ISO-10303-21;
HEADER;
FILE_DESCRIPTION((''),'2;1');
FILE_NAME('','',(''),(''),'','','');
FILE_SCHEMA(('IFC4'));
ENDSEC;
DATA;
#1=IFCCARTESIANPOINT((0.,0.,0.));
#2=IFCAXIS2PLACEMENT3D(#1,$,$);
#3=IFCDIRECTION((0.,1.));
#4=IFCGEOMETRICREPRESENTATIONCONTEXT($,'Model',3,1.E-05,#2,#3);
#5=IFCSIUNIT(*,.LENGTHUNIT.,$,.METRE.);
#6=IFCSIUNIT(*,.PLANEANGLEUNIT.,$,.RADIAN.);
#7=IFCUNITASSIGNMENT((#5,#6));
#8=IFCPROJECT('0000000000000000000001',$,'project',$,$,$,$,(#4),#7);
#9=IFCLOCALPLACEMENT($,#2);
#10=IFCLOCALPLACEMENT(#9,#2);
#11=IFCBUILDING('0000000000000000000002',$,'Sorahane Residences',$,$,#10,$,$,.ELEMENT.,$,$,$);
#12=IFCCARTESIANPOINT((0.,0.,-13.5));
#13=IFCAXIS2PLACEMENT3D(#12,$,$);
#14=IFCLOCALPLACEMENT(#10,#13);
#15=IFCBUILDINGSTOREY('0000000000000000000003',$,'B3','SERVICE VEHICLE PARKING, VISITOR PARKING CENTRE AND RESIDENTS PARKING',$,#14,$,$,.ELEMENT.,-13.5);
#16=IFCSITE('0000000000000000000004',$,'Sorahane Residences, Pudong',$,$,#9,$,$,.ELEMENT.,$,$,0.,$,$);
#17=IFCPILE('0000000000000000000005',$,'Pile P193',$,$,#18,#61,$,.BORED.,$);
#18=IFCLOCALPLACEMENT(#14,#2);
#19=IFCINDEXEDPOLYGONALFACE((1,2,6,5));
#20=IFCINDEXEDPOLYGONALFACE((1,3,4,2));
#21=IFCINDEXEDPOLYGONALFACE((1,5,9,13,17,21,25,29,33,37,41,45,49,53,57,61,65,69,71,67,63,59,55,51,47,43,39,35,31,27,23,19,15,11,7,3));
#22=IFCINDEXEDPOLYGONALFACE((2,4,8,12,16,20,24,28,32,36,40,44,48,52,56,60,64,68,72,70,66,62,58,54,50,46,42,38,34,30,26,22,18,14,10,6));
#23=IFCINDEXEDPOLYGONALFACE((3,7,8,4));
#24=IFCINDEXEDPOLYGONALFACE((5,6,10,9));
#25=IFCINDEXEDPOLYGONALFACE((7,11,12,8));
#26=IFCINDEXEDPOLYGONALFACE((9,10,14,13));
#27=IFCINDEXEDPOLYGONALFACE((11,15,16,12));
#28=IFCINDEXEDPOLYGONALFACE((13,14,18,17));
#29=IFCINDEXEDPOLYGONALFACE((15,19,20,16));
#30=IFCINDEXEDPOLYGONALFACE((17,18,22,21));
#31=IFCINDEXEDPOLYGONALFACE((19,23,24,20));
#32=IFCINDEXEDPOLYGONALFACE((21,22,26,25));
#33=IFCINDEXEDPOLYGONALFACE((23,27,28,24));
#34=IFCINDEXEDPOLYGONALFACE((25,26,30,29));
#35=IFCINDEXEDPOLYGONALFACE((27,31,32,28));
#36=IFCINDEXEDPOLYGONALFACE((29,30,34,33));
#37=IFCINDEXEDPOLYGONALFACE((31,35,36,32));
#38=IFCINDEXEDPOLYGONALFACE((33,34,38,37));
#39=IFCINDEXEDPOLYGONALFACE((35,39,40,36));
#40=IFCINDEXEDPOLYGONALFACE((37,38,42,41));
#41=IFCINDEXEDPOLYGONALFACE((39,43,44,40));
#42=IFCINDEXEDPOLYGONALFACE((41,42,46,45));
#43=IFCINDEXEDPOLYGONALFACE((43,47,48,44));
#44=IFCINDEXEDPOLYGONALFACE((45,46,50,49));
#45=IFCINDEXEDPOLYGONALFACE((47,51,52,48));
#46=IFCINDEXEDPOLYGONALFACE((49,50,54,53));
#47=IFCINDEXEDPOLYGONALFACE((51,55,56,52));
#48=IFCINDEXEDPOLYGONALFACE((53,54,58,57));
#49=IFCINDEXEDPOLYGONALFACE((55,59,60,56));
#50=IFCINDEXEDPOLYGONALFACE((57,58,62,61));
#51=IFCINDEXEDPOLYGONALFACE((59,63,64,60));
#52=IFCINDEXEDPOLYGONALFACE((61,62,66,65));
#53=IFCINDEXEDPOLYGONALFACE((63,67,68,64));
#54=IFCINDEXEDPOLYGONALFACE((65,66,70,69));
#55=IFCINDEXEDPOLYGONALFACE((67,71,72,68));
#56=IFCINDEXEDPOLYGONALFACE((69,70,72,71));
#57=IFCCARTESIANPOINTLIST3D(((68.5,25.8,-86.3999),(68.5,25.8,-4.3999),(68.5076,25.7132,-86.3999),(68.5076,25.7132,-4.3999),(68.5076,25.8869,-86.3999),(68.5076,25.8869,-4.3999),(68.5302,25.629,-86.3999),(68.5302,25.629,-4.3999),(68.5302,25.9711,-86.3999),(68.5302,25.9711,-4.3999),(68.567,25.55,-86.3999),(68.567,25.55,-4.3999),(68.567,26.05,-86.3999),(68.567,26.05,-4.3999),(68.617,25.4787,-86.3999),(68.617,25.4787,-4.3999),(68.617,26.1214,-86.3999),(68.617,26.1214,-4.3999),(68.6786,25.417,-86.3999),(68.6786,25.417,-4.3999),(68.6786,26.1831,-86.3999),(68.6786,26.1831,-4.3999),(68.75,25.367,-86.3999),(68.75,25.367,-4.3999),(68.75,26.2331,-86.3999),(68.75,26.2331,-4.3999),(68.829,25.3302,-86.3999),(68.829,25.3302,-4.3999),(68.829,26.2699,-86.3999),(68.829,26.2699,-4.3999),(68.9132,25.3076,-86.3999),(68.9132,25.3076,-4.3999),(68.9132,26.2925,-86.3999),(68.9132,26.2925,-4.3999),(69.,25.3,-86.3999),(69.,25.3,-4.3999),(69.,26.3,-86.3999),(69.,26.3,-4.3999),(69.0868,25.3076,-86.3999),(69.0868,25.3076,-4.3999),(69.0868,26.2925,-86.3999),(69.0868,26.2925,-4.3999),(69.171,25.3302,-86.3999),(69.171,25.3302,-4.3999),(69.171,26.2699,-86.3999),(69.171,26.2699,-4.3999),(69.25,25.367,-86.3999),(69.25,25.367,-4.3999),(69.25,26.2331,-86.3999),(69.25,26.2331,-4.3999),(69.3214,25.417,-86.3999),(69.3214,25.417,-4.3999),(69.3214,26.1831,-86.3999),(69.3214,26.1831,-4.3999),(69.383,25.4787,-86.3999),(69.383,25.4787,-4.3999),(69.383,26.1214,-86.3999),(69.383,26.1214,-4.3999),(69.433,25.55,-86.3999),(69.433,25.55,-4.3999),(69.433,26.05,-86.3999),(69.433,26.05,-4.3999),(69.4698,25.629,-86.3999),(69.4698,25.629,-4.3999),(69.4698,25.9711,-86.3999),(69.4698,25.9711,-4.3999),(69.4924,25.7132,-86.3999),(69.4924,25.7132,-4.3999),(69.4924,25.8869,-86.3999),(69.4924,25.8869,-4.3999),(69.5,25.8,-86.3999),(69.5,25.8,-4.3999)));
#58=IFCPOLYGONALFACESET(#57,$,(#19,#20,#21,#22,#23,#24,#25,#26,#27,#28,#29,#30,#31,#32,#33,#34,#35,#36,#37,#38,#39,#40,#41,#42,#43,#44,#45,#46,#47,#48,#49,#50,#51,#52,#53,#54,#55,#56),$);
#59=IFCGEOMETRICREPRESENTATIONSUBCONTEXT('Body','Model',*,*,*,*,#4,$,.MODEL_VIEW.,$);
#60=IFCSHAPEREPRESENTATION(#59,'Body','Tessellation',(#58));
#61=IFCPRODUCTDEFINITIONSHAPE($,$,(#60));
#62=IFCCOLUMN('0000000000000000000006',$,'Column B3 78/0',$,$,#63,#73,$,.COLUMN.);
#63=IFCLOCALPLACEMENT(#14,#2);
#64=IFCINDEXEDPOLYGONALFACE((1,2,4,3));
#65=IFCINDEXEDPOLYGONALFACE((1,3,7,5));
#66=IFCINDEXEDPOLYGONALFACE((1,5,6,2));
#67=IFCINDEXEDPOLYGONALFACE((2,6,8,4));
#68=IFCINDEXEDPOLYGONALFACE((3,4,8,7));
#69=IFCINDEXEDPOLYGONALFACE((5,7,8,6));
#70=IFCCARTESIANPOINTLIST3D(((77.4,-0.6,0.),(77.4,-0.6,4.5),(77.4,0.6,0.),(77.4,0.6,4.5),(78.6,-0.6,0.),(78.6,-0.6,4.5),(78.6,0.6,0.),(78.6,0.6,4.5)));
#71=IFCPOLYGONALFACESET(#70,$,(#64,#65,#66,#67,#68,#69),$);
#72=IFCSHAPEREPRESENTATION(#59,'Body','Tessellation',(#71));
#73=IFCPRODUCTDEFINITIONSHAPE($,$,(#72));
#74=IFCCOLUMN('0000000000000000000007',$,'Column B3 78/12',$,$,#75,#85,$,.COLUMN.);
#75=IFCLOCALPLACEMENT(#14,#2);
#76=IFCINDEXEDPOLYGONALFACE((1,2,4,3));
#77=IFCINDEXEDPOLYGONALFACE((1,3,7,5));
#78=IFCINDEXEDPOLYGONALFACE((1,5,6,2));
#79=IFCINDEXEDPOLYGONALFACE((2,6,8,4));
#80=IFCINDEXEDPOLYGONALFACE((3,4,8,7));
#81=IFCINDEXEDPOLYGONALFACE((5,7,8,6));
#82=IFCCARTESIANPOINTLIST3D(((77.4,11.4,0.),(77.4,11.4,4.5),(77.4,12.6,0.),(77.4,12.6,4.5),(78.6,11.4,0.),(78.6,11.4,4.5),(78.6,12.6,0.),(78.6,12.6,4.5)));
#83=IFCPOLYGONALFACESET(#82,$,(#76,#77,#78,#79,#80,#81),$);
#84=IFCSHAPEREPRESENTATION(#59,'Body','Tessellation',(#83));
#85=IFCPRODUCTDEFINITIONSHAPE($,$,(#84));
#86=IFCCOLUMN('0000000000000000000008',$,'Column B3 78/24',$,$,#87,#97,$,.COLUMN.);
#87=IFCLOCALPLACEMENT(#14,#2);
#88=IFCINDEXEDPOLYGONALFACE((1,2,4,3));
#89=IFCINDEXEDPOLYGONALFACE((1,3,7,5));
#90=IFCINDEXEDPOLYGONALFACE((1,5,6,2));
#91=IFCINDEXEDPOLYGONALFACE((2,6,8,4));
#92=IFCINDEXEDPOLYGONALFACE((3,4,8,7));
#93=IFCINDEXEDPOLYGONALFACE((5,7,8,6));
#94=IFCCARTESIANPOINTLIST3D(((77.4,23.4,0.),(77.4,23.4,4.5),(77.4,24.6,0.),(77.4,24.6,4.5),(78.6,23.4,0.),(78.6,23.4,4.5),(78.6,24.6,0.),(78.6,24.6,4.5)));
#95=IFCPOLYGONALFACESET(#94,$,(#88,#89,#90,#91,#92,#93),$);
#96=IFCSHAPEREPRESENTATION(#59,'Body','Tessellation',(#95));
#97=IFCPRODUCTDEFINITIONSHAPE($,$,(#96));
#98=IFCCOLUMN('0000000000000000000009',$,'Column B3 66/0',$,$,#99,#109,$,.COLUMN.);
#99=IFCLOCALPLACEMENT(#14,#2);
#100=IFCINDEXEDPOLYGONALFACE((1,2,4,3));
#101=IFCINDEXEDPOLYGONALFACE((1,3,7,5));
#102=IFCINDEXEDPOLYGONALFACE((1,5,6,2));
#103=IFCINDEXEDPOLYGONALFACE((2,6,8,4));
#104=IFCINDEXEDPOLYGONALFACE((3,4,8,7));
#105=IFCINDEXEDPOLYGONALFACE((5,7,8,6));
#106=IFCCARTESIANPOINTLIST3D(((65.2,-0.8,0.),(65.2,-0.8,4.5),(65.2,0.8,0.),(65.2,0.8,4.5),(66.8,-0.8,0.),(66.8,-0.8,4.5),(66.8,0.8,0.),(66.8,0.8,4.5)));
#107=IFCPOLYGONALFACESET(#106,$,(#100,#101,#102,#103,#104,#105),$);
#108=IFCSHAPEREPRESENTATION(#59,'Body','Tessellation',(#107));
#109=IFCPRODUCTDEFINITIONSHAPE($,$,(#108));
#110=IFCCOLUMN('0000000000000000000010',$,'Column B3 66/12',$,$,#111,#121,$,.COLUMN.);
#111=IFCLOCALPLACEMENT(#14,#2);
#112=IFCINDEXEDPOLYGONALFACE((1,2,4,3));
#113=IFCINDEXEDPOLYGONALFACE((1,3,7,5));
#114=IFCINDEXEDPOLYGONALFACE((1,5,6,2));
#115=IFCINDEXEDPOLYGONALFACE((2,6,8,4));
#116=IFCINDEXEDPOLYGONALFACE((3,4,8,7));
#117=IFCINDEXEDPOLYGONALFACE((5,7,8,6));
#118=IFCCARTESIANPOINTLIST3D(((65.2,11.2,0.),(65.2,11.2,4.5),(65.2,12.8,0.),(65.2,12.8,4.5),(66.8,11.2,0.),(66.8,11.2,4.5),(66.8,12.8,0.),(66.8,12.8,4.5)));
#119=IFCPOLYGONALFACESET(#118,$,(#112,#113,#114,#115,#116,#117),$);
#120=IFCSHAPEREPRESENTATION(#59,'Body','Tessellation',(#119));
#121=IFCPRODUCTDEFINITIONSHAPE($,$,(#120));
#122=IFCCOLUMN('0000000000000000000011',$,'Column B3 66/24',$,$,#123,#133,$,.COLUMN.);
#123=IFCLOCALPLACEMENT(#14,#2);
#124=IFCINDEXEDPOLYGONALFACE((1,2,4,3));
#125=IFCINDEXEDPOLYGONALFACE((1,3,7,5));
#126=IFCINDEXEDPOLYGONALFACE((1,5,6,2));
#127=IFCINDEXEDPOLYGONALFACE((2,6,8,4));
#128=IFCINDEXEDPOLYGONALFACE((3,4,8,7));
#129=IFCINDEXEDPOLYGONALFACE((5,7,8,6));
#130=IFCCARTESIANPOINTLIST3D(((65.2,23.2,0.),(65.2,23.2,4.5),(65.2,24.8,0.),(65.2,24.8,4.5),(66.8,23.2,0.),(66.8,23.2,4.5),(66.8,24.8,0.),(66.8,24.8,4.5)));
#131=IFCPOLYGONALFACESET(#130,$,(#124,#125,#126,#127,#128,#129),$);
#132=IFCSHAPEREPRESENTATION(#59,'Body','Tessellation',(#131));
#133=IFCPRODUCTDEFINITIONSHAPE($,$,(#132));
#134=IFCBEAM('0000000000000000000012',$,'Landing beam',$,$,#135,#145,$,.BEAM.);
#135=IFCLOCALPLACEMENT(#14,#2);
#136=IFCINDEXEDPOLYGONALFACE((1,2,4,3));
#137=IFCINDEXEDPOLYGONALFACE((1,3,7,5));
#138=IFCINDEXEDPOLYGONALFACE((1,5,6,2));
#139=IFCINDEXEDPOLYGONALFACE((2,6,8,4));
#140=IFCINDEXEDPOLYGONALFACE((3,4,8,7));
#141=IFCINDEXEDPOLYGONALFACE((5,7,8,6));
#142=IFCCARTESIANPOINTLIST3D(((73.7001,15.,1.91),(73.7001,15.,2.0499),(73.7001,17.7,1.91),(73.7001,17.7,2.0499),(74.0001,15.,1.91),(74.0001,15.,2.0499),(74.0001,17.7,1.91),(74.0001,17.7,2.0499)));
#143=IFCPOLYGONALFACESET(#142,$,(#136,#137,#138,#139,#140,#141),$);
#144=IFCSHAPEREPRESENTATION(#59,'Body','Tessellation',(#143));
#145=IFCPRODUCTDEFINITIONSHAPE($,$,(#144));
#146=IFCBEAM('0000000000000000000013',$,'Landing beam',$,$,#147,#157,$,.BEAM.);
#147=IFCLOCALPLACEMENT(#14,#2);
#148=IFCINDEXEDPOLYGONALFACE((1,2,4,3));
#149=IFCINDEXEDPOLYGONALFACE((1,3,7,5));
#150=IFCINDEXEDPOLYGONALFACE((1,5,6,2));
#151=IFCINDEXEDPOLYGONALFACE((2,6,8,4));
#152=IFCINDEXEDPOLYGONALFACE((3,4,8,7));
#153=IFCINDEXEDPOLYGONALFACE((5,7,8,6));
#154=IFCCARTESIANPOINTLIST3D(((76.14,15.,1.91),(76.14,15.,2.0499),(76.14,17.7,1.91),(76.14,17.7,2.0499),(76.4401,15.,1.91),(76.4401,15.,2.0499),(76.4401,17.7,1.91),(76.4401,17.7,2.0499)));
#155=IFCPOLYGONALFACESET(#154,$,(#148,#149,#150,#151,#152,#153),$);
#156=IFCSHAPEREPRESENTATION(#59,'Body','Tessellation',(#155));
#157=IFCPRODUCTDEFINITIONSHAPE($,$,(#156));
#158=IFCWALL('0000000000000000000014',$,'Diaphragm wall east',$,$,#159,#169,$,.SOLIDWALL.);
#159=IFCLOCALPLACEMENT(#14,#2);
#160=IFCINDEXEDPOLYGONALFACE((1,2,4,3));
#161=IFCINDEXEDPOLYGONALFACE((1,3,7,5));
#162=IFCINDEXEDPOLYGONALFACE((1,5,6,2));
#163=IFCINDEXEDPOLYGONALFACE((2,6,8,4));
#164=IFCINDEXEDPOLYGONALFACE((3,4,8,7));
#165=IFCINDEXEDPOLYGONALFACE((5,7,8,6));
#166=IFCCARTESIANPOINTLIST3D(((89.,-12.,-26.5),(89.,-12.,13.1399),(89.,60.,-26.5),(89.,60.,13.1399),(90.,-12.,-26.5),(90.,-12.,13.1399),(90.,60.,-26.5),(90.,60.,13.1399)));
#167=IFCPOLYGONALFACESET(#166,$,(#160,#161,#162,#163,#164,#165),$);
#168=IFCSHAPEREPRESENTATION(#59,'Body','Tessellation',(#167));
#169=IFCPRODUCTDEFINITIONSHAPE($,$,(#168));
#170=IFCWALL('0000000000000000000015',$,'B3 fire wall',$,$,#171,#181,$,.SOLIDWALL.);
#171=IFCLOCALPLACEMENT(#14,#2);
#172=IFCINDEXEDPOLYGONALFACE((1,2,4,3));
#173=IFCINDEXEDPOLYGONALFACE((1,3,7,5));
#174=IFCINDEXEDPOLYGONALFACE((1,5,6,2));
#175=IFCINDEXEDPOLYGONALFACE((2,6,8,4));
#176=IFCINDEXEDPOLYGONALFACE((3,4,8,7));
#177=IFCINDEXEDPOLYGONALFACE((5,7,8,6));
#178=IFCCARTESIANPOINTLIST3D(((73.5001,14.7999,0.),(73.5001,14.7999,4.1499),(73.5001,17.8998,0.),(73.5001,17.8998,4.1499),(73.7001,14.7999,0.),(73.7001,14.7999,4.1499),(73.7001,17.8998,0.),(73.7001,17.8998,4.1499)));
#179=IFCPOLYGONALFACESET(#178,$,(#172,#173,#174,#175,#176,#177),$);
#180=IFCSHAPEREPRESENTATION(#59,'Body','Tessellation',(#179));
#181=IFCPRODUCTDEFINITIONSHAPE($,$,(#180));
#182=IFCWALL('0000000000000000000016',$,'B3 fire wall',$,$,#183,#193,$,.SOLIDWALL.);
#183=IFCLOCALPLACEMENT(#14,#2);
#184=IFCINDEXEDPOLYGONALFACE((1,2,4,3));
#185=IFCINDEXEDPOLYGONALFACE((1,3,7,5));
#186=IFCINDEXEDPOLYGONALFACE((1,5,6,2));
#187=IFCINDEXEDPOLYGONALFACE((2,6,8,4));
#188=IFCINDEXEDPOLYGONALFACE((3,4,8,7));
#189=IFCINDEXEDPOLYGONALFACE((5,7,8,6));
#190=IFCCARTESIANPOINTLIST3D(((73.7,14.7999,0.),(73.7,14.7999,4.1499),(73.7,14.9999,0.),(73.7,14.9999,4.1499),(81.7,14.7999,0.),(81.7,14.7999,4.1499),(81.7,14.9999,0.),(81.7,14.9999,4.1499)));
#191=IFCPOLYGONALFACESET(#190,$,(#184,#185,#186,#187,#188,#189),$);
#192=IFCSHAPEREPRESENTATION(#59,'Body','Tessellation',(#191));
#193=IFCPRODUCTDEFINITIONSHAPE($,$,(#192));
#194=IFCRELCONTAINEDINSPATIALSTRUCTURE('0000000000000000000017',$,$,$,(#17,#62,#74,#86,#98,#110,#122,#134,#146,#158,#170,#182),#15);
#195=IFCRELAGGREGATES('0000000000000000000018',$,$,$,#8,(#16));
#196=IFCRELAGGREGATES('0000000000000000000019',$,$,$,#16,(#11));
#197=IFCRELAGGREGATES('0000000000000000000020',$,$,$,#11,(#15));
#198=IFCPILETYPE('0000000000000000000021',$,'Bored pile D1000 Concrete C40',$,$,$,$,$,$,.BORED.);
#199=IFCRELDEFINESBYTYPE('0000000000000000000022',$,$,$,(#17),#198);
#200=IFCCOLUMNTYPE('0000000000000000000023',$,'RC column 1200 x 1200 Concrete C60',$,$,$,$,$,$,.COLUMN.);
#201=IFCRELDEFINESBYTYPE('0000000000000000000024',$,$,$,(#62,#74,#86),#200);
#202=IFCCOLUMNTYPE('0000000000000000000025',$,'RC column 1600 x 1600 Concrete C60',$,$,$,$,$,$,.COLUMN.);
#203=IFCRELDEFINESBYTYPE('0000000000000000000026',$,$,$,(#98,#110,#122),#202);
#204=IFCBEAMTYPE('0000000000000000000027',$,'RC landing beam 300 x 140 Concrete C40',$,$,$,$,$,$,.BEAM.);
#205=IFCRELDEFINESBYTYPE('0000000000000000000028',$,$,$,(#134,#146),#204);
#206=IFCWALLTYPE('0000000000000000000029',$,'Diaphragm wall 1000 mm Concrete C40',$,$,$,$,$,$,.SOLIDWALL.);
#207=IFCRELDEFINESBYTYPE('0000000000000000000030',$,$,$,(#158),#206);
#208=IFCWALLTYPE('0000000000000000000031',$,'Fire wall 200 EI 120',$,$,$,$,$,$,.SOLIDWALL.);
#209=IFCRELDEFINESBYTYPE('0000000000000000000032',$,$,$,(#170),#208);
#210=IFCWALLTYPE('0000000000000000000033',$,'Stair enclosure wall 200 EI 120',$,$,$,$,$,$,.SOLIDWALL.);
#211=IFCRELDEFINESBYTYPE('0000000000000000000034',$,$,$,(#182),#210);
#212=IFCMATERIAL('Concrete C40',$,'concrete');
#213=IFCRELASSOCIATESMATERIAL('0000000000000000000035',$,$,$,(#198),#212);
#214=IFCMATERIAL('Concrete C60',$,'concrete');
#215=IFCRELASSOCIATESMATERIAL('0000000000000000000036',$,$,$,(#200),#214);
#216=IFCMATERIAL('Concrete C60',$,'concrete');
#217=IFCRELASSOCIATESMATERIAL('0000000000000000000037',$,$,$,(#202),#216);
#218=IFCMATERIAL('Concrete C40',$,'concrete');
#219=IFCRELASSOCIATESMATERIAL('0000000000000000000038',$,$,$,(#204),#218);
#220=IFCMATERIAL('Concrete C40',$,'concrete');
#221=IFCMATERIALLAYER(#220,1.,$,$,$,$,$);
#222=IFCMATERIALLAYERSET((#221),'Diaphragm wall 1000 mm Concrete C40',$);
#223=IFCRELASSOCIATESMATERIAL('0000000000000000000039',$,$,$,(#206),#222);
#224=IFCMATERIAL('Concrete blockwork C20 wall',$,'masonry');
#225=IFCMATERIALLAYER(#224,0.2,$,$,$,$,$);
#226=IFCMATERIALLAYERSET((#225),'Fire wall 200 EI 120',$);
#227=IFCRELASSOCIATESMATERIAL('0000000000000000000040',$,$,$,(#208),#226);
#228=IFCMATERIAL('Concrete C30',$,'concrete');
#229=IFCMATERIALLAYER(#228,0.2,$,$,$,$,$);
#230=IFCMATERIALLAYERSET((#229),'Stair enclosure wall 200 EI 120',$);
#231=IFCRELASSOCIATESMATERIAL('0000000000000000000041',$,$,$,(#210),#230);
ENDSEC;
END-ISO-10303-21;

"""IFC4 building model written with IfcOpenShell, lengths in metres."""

from ifc_helpers import new_model, si_unit, direction, frame, frame_2d, origin, origin_2d, place, context, subcontext, project, spatial, rectangle, circle, extrude, material, layer, layer_set, material_profile, profile_set, type_object, element, save


model = new_model("IFC4")

# Units and contexts
model_context = context("Model", 3, precision=1e-05, world=origin(), true_north=direction((0.0, 1.0)))
body_context = subcontext(model_context, "Body", "Model", "MODEL_VIEW")
ifc_project = project(units=[si_unit("LENGTHUNIT", "METRE"), si_unit("PLANEANGLEUNIT", "RADIAN")], contexts=[model_context])

# Site, building, storey
site_placement = place(None, origin())
site = spatial("IfcSite", under=ifc_project, at=site_placement, Name="Sorahane Residences, Pudong", CompositionType="ELEMENT", RefElevation=0.0)
building_placement = place(site_placement, origin())
building = spatial("IfcBuilding", under=site, at=building_placement, Name="Sorahane Residences", CompositionType="ELEMENT")
storey_placement = place(building_placement, frame((0.0, 0.0, -13.5)))
storey = spatial("IfcBuildingStorey", under=building, at=storey_placement, Name="B3", Description="SERVICE VEHICLE PARKING, VISITOR PARKING CENTRE AND RESIDENTS PARKING", CompositionType="ELEMENT", Elevation=-13.5)

# Pile
ifc_material_1 = material(Name="Concrete C40", Category="concrete")
ifc_material_profile_1 = material_profile(ifc_material_1, circle(Radius=0.5, at=origin_2d()), Name="D1000")
ifc_profile_set_1 = profile_set([ifc_material_profile_1], Name="Concrete C40")
pile_type = type_object("IfcPileType", Name="Bored pile D1000 Concrete C40", PredefinedType="BORED", material=ifc_profile_set_1)
for number, where, z_axis, x_axis, name in (
    (1, (69.0, 25.8, -4.3999), (0.0, 0.0, -1.0), (1.0, 0.0, 0.0), "Pile P193"),
):
    element("IfcPile", number, at=place(storey_placement, frame(where, z_axis=z_axis, x_axis=x_axis)), inside=storey, type_object=pile_type, Name=name, PredefinedType="BORED", context=body_context, shape_type="SweptSolid", body=[
        extrude(circle(Radius=0.5, at=origin_2d()), origin(), (0.0, 0.0, 1.0), 82.0),
    ])

# Columns
ifc_material_2 = material(Name="Concrete C60", Category="concrete")
ifc_material_profile_2 = material_profile(ifc_material_2, rectangle(XDim=1.2, YDim=1.2, at=origin_2d()), Name="1200x1200")
ifc_profile_set_2 = profile_set([ifc_material_profile_2], Name="Concrete C60")
column_type_1 = type_object("IfcColumnType", Name="RC column 1200 x 1200 Concrete C60", PredefinedType="COLUMN", material=ifc_profile_set_2)
for number, where, z_axis, x_axis, name in (
    (2, (78.0, 0.0, 0.0), (0.0, 0.0, 1.0), (1.0, 0.0, 0.0), "Column B3 78/0"),
    (3, (78.0, 12.0, 0.0), (0.0, 0.0, 1.0), (1.0, 0.0, 0.0), "Column B3 78/12"),
    (4, (78.0, 24.0, 0.0), (0.0, 0.0, 1.0), (1.0, 0.0, 0.0), "Column B3 78/24"),
):
    element("IfcColumn", number, at=place(storey_placement, frame(where, z_axis=z_axis, x_axis=x_axis)), inside=storey, type_object=column_type_1, Name=name, PredefinedType="COLUMN", context=body_context, shape_type="SweptSolid", body=[
        extrude(rectangle(XDim=1.2, YDim=1.2, at=origin_2d()), origin(), (0.0, 0.0, 1.0), 4.5),
    ])
ifc_material_3 = material(Name="Concrete C60", Category="concrete")
ifc_material_profile_3 = material_profile(ifc_material_3, rectangle(XDim=1.6001, YDim=1.6001, at=origin_2d()), Name="1600x1600")
ifc_profile_set_3 = profile_set([ifc_material_profile_3], Name="Concrete C60")
column_type_2 = type_object("IfcColumnType", Name="RC column 1600 x 1600 Concrete C60", PredefinedType="COLUMN", material=ifc_profile_set_3)
for number, where, z_axis, x_axis, name in (
    (5, (66.0, 0.0, 0.0), (0.0, 0.0, 1.0), (1.0, 0.0, 0.0), "Column B3 66/0"),
    (6, (66.0, 12.0, 0.0), (0.0, 0.0, 1.0), (1.0, 0.0, 0.0), "Column B3 66/12"),
    (7, (66.0, 24.0, 0.0), (0.0, 0.0, 1.0), (1.0, 0.0, 0.0), "Column B3 66/24"),
):
    element("IfcColumn", number, at=place(storey_placement, frame(where, z_axis=z_axis, x_axis=x_axis)), inside=storey, type_object=column_type_2, Name=name, PredefinedType="COLUMN", context=body_context, shape_type="SweptSolid", body=[
        extrude(rectangle(XDim=1.6001, YDim=1.6001, at=origin_2d()), origin(), (0.0, 0.0, 1.0), 4.5),
    ])

# Beams
ifc_material_4 = material(Name="Concrete C40", Category="concrete")
ifc_material_profile_4 = material_profile(ifc_material_4, rectangle(XDim=0.3, YDim=0.1399, at=origin_2d()), Name="300x140")
ifc_profile_set_4 = profile_set([ifc_material_profile_4], Name="Concrete C40")
beam_type = type_object("IfcBeamType", Name="RC landing beam 300 x 140 Concrete C40", PredefinedType="BEAM", material=ifc_profile_set_4)
for number, where, z_axis, x_axis, name in (
    (8, (73.8501, 15.0, 1.98), (0.0, 1.0, 0.0), (-1.0, 0.0, 0.0), "Landing beam"),
    (9, (76.29, 15.0, 1.98), (0.0, 1.0, 0.0), (-1.0, 0.0, 0.0), "Landing beam"),
):
    element("IfcBeam", number, at=place(storey_placement, frame(where, z_axis=z_axis, x_axis=x_axis)), inside=storey, type_object=beam_type, Name=name, PredefinedType="BEAM", context=body_context, shape_type="SweptSolid", body=[
        extrude(rectangle(XDim=0.3, YDim=0.1399, at=origin_2d()), origin(), (0.0, 0.0, 1.0), 2.7),
    ])

# Walls
ifc_material_5 = material(Name="Concrete C40", Category="concrete")
ifc_layer_1 = layer(ifc_material_5, 1.0)
ifc_layer_set_1 = layer_set([ifc_layer_1], Name="Diaphragm wall 1000 mm Concrete C40")
wall_type_1 = type_object("IfcWallType", Name="Diaphragm wall 1000 mm Concrete C40", PredefinedType="SOLIDWALL", material=ifc_layer_set_1)
wall_1_placement = place(storey_placement, frame((89.5, -12.0, -26.5), z_axis=(0.0, 0.0, 1.0), x_axis=(0.0, 1.0, 0.0)))
element("IfcWall", 10, at=wall_1_placement, inside=storey, type_object=wall_type_1, Name="Diaphragm wall east", PredefinedType="SOLIDWALL", context=body_context, shape_type="SweptSolid", body=[
    extrude(rectangle(XDim=72.0, YDim=1.0, at=frame_2d((36.0, 0.0))), origin(), (0.0, 0.0, 1.0), 39.6399),
])
ifc_material_6 = material(Name="Concrete blockwork C20 wall", Category="masonry")
ifc_layer_2 = layer(ifc_material_6, 0.2)
ifc_layer_set_2 = layer_set([ifc_layer_2], Name="Fire wall 200 EI 120")
wall_type_2 = type_object("IfcWallType", Name="Fire wall 200 EI 120", PredefinedType="SOLIDWALL", material=ifc_layer_set_2)
wall_2_placement = place(storey_placement, frame((73.6001, 14.8, 0.0), z_axis=(0.0, 0.0, 1.0), x_axis=(0.0, 1.0, 0.0)))
element("IfcWall", 11, at=wall_2_placement, inside=storey, type_object=wall_type_2, Name="B3 fire wall", PredefinedType="SOLIDWALL", context=body_context, shape_type="SweptSolid", body=[
    extrude(rectangle(XDim=3.0999, YDim=0.2, at=frame_2d((1.5498, 0.0))), origin(), (0.0, 0.0, 1.0), 4.1499),
])

# Wall
ifc_material_7 = material(Name="Concrete C30", Category="concrete")
ifc_layer_3 = layer(ifc_material_7, 0.2)
ifc_layer_set_3 = layer_set([ifc_layer_3], Name="Stair enclosure wall 200 EI 120")
wall_type_3 = type_object("IfcWallType", Name="Stair enclosure wall 200 EI 120", PredefinedType="SOLIDWALL", material=ifc_layer_set_3)
for number, where, z_axis, x_axis, name in (
    (12, (73.7, 14.8999, 0.0), (0.0, 0.0, 1.0), (1.0, 0.0, 0.0), "B3 fire wall"),
):
    element("IfcWall", number, at=place(storey_placement, frame(where, z_axis=z_axis, x_axis=x_axis)), inside=storey, type_object=wall_type_3, Name=name, PredefinedType="SOLIDWALL", context=body_context, shape_type="SweptSolid", body=[
        extrude(rectangle(XDim=8.0, YDim=0.2, at=frame_2d((4.0, 0.0))), origin(), (0.0, 0.0, 1.0), 4.1499),
    ])

save(model, "model.ifc")
